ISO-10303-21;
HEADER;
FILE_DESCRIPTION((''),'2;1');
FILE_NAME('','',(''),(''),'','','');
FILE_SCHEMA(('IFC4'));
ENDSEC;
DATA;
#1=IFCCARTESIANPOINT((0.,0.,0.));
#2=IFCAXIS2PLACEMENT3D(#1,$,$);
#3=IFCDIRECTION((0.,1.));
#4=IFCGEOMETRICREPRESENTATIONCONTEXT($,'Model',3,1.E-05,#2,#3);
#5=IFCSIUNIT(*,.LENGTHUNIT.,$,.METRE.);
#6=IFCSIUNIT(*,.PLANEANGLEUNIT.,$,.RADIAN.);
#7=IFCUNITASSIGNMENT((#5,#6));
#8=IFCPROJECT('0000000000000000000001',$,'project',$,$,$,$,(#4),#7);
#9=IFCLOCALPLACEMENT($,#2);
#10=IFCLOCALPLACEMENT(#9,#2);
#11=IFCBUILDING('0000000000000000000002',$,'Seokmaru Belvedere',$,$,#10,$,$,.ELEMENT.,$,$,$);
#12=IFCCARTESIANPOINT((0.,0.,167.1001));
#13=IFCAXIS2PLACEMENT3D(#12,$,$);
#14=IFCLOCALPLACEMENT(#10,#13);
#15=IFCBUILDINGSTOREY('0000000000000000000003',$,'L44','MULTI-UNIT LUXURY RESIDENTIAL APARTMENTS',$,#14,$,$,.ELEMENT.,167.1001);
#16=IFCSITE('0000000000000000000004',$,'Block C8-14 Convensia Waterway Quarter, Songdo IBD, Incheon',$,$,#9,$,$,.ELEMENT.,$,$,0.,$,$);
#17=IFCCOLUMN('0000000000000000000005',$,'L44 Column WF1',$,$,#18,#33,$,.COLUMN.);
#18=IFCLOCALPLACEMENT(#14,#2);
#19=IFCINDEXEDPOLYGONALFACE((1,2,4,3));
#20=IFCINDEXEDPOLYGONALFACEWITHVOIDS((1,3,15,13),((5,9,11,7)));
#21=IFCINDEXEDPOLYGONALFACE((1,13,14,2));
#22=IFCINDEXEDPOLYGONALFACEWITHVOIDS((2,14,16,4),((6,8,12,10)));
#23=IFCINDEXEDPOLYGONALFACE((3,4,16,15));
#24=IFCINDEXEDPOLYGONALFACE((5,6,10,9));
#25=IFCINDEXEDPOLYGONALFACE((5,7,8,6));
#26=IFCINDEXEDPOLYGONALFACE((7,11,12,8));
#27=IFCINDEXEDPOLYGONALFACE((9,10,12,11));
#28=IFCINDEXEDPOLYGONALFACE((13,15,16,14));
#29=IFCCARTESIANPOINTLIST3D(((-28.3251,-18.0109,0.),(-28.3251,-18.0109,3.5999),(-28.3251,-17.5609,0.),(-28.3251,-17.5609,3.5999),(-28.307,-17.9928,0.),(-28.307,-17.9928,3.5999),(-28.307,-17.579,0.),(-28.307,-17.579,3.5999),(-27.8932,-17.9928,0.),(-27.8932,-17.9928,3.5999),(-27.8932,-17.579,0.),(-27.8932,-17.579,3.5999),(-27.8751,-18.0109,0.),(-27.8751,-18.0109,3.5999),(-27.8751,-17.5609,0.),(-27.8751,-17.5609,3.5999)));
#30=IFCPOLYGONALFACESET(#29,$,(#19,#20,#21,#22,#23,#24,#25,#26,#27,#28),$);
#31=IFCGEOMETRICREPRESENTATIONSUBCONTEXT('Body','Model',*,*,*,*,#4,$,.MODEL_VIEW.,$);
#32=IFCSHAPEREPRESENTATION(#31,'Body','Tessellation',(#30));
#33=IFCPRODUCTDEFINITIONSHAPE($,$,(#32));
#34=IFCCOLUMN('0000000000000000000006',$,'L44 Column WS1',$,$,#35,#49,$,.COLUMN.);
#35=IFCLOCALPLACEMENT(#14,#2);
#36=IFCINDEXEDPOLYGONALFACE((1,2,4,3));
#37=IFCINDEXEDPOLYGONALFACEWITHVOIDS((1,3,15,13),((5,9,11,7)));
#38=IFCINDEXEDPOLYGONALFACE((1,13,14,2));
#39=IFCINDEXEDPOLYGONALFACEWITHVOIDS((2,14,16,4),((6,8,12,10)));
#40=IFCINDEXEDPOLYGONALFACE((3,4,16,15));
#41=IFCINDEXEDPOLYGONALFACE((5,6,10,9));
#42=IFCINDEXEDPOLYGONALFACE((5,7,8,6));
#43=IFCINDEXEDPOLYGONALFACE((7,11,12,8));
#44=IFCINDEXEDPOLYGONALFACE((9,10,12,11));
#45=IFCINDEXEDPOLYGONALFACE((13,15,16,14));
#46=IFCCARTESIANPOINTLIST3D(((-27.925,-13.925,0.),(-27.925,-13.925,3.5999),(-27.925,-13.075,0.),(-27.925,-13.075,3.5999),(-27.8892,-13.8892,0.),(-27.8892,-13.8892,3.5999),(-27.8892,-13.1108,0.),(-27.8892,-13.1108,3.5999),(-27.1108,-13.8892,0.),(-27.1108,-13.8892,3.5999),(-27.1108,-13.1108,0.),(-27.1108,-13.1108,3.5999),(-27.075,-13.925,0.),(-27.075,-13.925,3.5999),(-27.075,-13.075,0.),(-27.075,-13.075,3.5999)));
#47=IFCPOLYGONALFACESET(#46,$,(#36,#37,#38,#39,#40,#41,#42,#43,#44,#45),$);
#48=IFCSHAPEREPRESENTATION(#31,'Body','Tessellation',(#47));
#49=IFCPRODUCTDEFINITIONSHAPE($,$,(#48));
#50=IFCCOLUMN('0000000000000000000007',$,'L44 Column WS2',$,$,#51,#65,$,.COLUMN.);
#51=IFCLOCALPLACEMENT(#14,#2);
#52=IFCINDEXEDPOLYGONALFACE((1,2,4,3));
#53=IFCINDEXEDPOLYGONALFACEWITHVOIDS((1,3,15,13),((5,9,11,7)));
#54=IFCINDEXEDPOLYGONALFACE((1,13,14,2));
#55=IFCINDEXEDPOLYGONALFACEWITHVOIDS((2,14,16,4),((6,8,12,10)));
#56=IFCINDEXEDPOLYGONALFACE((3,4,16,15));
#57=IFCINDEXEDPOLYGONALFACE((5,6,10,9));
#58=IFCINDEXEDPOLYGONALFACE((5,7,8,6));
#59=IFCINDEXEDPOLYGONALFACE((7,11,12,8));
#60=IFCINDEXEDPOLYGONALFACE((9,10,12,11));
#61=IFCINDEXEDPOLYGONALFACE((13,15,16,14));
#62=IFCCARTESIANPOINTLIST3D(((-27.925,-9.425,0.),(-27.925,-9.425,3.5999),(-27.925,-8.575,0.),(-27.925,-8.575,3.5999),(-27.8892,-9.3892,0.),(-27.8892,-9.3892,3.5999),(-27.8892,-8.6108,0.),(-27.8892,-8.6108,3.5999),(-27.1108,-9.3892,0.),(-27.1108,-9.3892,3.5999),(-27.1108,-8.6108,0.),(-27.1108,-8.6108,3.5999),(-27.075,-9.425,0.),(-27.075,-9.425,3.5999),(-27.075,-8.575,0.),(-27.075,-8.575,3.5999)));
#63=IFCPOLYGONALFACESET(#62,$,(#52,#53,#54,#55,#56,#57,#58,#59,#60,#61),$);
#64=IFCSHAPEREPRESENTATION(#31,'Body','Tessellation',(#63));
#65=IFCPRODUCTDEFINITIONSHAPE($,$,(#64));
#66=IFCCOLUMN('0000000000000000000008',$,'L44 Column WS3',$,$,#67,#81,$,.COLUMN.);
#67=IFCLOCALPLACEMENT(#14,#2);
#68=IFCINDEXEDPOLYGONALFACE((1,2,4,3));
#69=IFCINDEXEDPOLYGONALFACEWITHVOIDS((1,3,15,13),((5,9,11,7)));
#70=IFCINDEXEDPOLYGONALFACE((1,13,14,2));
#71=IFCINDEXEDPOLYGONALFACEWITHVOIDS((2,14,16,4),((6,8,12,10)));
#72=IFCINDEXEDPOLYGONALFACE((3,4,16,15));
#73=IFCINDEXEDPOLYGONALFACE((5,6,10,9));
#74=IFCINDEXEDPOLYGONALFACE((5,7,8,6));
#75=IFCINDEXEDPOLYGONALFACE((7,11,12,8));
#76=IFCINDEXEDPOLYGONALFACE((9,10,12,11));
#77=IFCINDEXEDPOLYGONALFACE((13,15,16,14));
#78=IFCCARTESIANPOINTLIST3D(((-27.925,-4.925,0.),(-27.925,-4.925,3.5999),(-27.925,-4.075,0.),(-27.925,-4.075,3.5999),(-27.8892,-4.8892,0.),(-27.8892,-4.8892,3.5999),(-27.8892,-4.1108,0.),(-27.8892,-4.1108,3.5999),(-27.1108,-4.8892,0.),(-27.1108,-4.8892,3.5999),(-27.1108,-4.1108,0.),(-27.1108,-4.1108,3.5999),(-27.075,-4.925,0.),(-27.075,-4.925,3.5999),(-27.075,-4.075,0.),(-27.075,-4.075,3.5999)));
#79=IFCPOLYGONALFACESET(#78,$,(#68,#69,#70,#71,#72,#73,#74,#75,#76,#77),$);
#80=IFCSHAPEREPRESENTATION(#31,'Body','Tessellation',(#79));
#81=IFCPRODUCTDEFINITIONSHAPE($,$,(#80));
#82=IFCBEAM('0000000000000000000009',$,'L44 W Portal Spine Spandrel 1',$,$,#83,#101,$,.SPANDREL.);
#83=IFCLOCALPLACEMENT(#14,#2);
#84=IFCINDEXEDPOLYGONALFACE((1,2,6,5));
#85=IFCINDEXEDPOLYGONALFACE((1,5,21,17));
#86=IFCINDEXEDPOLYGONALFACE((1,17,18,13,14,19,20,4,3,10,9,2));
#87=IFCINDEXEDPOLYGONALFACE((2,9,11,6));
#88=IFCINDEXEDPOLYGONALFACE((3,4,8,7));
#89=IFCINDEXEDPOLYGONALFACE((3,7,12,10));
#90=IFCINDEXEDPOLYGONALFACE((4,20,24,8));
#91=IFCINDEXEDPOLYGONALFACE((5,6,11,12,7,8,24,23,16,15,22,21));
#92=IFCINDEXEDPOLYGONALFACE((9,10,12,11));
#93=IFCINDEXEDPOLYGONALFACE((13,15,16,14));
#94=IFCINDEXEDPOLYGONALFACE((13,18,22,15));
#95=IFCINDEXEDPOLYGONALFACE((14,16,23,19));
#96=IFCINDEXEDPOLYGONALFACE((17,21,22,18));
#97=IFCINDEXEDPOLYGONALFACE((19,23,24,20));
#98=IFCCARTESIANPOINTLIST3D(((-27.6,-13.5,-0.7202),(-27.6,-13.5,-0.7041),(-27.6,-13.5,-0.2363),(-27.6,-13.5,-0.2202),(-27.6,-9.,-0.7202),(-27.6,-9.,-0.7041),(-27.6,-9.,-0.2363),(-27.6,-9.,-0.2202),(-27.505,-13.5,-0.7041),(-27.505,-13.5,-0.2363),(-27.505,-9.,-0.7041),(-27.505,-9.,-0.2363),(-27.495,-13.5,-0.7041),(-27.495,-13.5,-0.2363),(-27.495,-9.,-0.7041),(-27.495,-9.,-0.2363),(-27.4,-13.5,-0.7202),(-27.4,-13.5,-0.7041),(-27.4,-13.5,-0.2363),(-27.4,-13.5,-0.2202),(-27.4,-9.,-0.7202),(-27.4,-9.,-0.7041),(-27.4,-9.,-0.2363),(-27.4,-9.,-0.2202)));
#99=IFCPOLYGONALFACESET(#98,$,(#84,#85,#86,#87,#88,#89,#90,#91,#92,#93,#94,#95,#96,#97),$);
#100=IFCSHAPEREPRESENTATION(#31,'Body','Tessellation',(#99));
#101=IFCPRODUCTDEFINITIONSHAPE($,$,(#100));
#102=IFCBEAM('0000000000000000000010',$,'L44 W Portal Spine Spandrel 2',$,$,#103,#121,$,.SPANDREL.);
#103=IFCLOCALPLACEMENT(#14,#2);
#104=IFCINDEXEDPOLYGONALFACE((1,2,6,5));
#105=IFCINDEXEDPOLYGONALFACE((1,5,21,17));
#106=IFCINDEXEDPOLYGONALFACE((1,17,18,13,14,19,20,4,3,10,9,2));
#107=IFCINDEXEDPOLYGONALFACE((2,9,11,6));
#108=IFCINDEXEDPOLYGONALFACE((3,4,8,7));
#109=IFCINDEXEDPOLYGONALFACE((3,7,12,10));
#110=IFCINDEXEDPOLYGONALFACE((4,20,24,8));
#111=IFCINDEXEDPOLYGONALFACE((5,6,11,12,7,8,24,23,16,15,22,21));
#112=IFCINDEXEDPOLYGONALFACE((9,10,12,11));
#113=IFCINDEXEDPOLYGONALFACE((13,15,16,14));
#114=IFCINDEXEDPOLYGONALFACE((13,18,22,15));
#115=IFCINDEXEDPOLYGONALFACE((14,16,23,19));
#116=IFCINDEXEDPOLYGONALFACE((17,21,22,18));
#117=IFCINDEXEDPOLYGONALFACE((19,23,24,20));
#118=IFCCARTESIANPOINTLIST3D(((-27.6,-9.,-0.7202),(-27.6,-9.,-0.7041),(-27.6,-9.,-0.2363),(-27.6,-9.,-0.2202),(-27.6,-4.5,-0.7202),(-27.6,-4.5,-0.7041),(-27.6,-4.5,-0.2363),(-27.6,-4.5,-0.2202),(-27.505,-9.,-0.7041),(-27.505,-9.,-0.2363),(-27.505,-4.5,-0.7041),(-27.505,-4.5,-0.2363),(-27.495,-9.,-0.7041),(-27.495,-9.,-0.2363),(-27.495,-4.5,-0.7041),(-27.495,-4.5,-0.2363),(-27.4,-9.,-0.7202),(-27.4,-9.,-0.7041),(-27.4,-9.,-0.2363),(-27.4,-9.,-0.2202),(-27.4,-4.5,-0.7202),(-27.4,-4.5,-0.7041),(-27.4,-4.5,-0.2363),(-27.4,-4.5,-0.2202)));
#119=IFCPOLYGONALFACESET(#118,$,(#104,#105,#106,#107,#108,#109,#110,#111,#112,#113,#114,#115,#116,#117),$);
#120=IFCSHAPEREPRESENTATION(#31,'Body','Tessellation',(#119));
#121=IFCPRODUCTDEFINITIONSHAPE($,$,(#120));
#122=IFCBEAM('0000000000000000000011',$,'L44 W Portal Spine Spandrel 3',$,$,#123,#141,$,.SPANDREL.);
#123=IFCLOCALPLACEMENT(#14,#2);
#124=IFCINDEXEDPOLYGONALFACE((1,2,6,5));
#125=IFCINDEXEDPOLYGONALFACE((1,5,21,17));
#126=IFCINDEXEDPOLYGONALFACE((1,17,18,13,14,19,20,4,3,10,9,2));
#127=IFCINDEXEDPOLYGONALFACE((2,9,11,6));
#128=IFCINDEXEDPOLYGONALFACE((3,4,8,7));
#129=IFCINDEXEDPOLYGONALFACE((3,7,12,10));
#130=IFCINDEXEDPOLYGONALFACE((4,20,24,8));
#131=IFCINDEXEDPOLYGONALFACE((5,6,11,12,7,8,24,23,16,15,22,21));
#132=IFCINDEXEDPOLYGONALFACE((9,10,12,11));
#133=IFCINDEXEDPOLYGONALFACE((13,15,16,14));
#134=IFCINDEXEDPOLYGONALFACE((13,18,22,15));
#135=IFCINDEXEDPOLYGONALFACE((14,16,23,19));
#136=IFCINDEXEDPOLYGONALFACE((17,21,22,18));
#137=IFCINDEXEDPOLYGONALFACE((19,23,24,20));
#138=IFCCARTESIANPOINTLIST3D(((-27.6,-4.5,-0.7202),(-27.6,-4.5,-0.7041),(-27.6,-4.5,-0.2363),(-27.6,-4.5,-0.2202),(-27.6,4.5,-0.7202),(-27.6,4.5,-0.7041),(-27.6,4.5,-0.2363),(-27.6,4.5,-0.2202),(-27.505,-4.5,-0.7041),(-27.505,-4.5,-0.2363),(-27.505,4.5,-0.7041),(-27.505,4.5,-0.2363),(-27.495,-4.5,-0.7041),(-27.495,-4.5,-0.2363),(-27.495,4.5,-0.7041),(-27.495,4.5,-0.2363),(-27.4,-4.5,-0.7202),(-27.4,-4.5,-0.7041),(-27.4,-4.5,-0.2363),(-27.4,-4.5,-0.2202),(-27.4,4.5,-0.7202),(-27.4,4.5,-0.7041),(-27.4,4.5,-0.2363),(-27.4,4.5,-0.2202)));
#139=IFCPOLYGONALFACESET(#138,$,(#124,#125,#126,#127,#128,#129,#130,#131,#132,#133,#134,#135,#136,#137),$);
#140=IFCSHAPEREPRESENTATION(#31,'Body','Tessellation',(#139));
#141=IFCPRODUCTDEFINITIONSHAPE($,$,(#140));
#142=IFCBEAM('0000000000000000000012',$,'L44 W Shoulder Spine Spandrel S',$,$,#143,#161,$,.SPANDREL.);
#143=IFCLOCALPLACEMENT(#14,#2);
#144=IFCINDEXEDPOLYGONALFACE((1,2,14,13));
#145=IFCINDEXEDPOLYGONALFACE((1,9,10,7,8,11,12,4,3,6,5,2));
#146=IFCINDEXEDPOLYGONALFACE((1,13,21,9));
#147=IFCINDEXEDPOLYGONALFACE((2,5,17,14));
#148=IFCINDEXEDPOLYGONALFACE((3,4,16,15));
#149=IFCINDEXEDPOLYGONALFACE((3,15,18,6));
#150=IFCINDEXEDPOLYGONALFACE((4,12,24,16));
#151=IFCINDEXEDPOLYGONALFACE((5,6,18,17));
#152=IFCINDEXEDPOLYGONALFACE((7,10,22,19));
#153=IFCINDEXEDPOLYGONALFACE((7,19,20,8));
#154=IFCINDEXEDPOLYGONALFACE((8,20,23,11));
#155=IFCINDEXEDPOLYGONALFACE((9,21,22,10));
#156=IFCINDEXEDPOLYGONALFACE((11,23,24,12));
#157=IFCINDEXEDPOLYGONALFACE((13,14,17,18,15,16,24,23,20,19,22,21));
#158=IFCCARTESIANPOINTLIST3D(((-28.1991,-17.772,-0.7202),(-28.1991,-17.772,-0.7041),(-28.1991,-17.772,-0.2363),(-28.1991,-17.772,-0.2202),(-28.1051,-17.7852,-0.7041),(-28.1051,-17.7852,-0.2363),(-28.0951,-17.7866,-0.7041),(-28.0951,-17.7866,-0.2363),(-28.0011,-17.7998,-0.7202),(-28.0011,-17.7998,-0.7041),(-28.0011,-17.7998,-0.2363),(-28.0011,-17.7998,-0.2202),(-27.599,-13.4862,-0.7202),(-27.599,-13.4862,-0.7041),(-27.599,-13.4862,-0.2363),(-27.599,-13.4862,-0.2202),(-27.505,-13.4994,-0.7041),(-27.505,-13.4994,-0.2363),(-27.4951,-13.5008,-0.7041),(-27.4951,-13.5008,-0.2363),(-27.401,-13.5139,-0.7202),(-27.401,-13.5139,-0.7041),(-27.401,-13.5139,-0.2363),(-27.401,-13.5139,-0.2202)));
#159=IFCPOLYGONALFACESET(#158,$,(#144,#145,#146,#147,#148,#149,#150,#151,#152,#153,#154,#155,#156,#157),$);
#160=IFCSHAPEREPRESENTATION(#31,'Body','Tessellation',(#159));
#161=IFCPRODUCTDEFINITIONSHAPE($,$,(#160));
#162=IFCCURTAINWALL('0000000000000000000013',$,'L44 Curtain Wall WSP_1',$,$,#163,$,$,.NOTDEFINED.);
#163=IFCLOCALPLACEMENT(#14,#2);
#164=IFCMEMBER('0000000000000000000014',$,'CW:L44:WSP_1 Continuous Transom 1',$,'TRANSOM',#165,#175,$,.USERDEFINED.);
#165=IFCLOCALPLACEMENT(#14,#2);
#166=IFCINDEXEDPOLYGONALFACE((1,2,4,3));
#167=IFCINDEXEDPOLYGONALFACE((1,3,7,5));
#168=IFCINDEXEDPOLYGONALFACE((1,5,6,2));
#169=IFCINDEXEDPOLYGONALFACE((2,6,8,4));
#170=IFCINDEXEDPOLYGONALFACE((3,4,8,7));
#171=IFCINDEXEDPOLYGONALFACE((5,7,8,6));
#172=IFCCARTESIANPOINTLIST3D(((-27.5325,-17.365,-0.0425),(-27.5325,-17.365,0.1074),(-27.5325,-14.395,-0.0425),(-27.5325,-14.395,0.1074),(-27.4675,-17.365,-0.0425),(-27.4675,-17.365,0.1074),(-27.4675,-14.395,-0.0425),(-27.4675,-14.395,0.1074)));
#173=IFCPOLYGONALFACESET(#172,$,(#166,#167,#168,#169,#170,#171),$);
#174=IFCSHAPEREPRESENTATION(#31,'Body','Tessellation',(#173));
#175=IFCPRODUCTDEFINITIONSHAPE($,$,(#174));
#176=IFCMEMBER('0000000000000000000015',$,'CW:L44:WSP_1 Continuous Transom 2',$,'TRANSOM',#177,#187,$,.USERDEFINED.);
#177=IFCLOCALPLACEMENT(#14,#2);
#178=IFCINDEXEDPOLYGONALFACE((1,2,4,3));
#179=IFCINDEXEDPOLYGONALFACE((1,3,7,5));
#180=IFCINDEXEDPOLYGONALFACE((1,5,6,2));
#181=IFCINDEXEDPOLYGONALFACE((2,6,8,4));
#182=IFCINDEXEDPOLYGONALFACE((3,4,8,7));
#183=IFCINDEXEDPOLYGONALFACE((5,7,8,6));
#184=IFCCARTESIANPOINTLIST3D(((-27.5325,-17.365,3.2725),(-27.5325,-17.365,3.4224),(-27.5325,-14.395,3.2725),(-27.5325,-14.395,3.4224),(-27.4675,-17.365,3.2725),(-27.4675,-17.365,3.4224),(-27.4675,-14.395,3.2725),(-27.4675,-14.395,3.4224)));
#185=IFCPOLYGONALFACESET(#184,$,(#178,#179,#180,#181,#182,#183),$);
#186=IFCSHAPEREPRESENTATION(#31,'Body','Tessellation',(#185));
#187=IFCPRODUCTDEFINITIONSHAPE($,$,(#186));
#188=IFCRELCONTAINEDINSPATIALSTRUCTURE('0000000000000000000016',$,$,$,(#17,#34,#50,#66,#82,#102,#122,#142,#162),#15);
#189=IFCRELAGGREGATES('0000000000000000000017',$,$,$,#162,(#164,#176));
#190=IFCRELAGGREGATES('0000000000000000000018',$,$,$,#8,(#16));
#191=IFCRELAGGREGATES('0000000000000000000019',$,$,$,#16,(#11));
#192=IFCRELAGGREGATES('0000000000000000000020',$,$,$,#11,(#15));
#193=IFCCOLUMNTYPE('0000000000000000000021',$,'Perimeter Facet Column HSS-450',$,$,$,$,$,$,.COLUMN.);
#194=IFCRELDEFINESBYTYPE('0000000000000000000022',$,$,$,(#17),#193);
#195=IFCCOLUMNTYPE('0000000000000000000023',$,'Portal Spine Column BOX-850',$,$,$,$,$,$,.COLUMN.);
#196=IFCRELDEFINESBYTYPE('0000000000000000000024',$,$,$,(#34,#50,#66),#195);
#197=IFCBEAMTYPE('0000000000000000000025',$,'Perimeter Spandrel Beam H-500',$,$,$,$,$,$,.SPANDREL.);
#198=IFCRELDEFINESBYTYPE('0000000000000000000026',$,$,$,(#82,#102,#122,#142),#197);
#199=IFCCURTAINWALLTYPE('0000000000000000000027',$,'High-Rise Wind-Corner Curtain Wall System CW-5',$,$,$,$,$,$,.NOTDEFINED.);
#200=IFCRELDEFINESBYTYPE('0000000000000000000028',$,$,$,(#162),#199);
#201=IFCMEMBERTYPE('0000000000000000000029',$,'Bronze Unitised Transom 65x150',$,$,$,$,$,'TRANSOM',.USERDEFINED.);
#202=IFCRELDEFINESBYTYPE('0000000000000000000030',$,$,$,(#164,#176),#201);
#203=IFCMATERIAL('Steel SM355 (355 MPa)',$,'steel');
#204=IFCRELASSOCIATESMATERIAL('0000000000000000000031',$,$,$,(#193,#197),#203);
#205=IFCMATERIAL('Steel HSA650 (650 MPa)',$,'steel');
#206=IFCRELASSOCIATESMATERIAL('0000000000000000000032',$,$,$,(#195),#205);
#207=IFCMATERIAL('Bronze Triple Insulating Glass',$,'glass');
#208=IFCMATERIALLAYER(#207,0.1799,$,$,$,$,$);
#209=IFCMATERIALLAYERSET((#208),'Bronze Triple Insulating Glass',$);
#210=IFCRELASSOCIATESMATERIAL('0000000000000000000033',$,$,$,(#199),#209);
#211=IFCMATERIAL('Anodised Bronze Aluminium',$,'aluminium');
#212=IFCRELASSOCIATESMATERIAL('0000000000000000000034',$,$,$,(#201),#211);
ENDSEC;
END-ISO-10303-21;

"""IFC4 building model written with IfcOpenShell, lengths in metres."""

from ifc_helpers import new_model, si_unit, direction, frame, origin, origin_2d, place, context, subcontext, project, spatial, rectangle, hollow_rectangle, i_section, extrude, source, transform, mapped, material, layer, layer_set, material_profile, profile_set, type_object, type_shapes, element, aggregate, save


model = new_model("IFC4")

# Units and contexts
model_context = context("Model", 3, precision=1e-05, world=origin(), true_north=direction((0.0, 1.0)))
body_context = subcontext(model_context, "Body", "Model", "MODEL_VIEW")
ifc_project = project(units=[si_unit("LENGTHUNIT", "METRE"), si_unit("PLANEANGLEUNIT", "RADIAN")], contexts=[model_context])

# Site, building, storey
site_placement = place(None, origin())
site = spatial("IfcSite", under=ifc_project, at=site_placement, Name="Block C8-14 Convensia Waterway Quarter, Songdo IBD, Incheon", CompositionType="ELEMENT", RefElevation=0.0)
building_placement = place(site_placement, origin())
building = spatial("IfcBuilding", under=site, at=building_placement, Name="Seokmaru Belvedere", CompositionType="ELEMENT")
storey_placement = place(building_placement, frame((0.0, 0.0, 167.1001)))
storey = spatial("IfcBuildingStorey", under=building, at=storey_placement, Name="L44", Description="MULTI-UNIT LUXURY RESIDENTIAL APARTMENTS", CompositionType="ELEMENT", Elevation=167.1001)

# Columns
ifc_material_1 = material(Name="Steel SM355 (355 MPa)", Category="steel")
ifc_material_profile_1 = material_profile(ifc_material_1, hollow_rectangle(XDim=0.45, YDim=0.45, WallThickness=0.0181, at=origin_2d()), Name="HSS-450x450x18")
ifc_profile_set_1 = profile_set([ifc_material_profile_1], Name="Steel SM355 (355 MPa)")
column_type_1 = type_object("IfcColumnType", Name="Perimeter Facet Column HSS-450", PredefinedType="COLUMN", material=ifc_profile_set_1)
shared_shape_1 = source(origin(), body_context, "Body", "SweptSolid", [
    extrude(hollow_rectangle(XDim=0.45, YDim=0.45, WallThickness=0.0181, at=origin_2d()), origin(), (0.0, 0.0, 1.0), 3.5999),
])
type_shapes(column_type_1, [shared_shape_1])
column_placement = place(storey_placement, frame((-28.1001, -17.7859, 0.0), z_axis=(0.0, 0.0, 1.0), x_axis=(1.0, 0.0, 0.0)))
element("IfcColumn", 1, at=column_placement, inside=storey, type_object=column_type_1, Name="L44 Column WF1", PredefinedType="COLUMN", context=body_context, shape_type="MappedRepresentation", body=[
    mapped(shared_shape_1, transform((0.0, 0.0, 0.0), scale=1.0)),
])
ifc_material_2 = material(Name="Steel HSA650 (650 MPa)", Category="steel")
ifc_material_profile_2 = material_profile(ifc_material_2, hollow_rectangle(XDim=0.8501, YDim=0.8501, WallThickness=0.0359, at=origin_2d()), Name="BOX-850x850x36")
ifc_profile_set_2 = profile_set([ifc_material_profile_2], Name="Steel HSA650 (650 MPa)")
column_type_2 = type_object("IfcColumnType", Name="Portal Spine Column BOX-850", PredefinedType="COLUMN", material=ifc_profile_set_2)
shared_shape_2 = source(origin(), body_context, "Body", "SweptSolid", [
    extrude(hollow_rectangle(XDim=0.8501, YDim=0.8501, WallThickness=0.0359, at=origin_2d()), origin(), (0.0, 0.0, 1.0), 3.5999),
])
type_shapes(column_type_2, [shared_shape_2])
for number, where, z_axis, x_axis, name in (
    (2, (-27.5, -13.5, 0.0), (0.0, 0.0, 1.0), (1.0, 0.0, 0.0), "L44 Column WS1"),
    (3, (-27.5, -9.0, 0.0), (0.0, 0.0, 1.0), (1.0, 0.0, 0.0), "L44 Column WS2"),
    (4, (-27.5, -4.5, 0.0), (0.0, 0.0, 1.0), (1.0, 0.0, 0.0), "L44 Column WS3"),
):
    element("IfcColumn", number, at=place(storey_placement, frame(where, z_axis=z_axis, x_axis=x_axis)), inside=storey, type_object=column_type_2, Name=name, PredefinedType="COLUMN", context=body_context, shape_type="MappedRepresentation", body=[
        mapped(shared_shape_2, transform((0.0, 0.0, 0.0), scale=1.0)),
    ])

# Beams
ifc_material_profile_3 = material_profile(ifc_material_1, i_section(OverallWidth=0.2, OverallDepth=0.5, WebThickness=0.01, FlangeThickness=0.0161, at=origin_2d()), Name="H-500x200x10x16")
ifc_profile_set_3 = profile_set([ifc_material_profile_3], Name="Steel SM355 (355 MPa)")
beam_type = type_object("IfcBeamType", Name="Perimeter Spandrel Beam H-500", PredefinedType="SPANDREL", material=ifc_profile_set_3)
shared_shape_3 = source(origin(), body_context, "Body", "SweptSolid", [
    extrude(i_section(OverallWidth=0.2, OverallDepth=0.5, WebThickness=0.01, FlangeThickness=0.0161, at=origin_2d()), origin(), (0.0, 0.0, 1.0), 4.5),
])
for number, where, z_axis, x_axis, name in (
    (5, (-27.5, -13.5, -0.4702), (0.0, 1.0, 0.0), (-1.0, 0.0, 0.0), "L44 W Portal Spine Spandrel 1"),
    (6, (-27.5, -9.0, -0.4702), (0.0, 1.0, 0.0), (-1.0, 0.0, 0.0), "L44 W Portal Spine Spandrel 2"),
):
    element("IfcBeam", number, at=place(storey_placement, frame(where, z_axis=z_axis, x_axis=x_axis)), inside=storey, type_object=beam_type, Name=name, PredefinedType="SPANDREL", context=body_context, shape_type="MappedRepresentation", body=[
        mapped(shared_shape_3, transform((0.0, 0.0, 0.0), scale=1.0)),
    ])
shared_shape_4 = source(origin(), body_context, "Body", "SweptSolid", [
    extrude(i_section(OverallWidth=0.2, OverallDepth=0.5, WebThickness=0.01, FlangeThickness=0.0161, at=origin_2d()), origin(), (0.0, 0.0, 1.0), 9.0),
])
beam_1_placement = place(storey_placement, frame((-27.5, -4.5, -0.4702), z_axis=(0.0, 1.0, 0.0), x_axis=(-1.0, 0.0, 0.0)))
element("IfcBeam", 7, at=beam_1_placement, inside=storey, type_object=beam_type, Name="L44 W Portal Spine Spandrel 3", PredefinedType="SPANDREL", context=body_context, shape_type="MappedRepresentation", body=[
    mapped(shared_shape_4, transform((0.0, 0.0, 0.0), scale=1.0)),
])
shared_shape_5 = source(origin(), body_context, "Body", "SweptSolid", [
    extrude(i_section(OverallWidth=0.2, OverallDepth=0.5, WebThickness=0.01, FlangeThickness=0.0161, at=origin_2d()), origin(), (0.0, 0.0, 1.0), 4.3276),
])
type_shapes(beam_type, [shared_shape_3, shared_shape_4, shared_shape_5])
beam_2_placement = place(storey_placement, frame((-28.1001, -17.7859, -0.4702), z_axis=(0.138664, 0.990339, 0.0), x_axis=(-0.990339, 0.138664, 0.0)))
element("IfcBeam", 8, at=beam_2_placement, inside=storey, type_object=beam_type, Name="L44 W Shoulder Spine Spandrel S", PredefinedType="SPANDREL", context=body_context, shape_type="MappedRepresentation", body=[
    mapped(shared_shape_5, transform((0.0, 0.0, 0.0), scale=1.0)),
])

# Curtain wall, members
ifc_material_3 = material(Name="Bronze Triple Insulating Glass", Category="glass")
ifc_layer_1 = layer(ifc_material_3, 0.1799)
ifc_layer_set_1 = layer_set([ifc_layer_1], Name="Bronze Triple Insulating Glass")
curtain_wall_type = type_object("IfcCurtainWallType", Name="High-Rise Wind-Corner Curtain Wall System CW-5", PredefinedType="NOTDEFINED", material=ifc_layer_set_1)
curtain_wall_1_placement = place(storey_placement, origin())
curtain_wall_1 = element("IfcCurtainWall", 9, at=curtain_wall_1_placement, inside=storey, type_object=curtain_wall_type, Name="L44 Curtain Wall WSP_1", PredefinedType="NOTDEFINED")
ifc_material_4 = material(Name="Anodised Bronze Aluminium", Category="aluminium")
ifc_material_profile_4 = material_profile(ifc_material_4, rectangle(XDim=0.0649, YDim=0.1499, at=origin_2d()), Name="CW-T-65x150")
ifc_profile_set_4 = profile_set([ifc_material_profile_4], Name="Anodised Bronze Aluminium")
member_type_1 = type_object("IfcMemberType", Name="Bronze Unitised Transom 65x150", ElementType="TRANSOM", PredefinedType="USERDEFINED", material=ifc_profile_set_4)
shared_shape_6 = source(origin(), body_context, "Body", "SweptSolid", [
    extrude(rectangle(XDim=0.0649, YDim=0.1499, at=origin_2d()), origin(), (0.0, 0.0, 1.0), 2.97),
])
type_shapes(member_type_1, [shared_shape_6])
member_1_placement = place(storey_placement, frame((-27.5, -17.365, 0.0325), z_axis=(0.0, 1.0, 0.0), x_axis=(-1.0, 0.0, 0.0)))
member_1 = element("IfcMember", 10, at=member_1_placement, type_object=member_type_1, Name="CW:L44:WSP_1 Continuous Transom 1", ObjectType="TRANSOM", PredefinedType="USERDEFINED", context=body_context, shape_type="MappedRepresentation", body=[
    mapped(shared_shape_6, transform((0.0, 0.0, 0.0), scale=1.0)),
])
member_2_placement = place(storey_placement, frame((-27.5, -17.365, 3.3474), z_axis=(0.0, 1.0, 0.0), x_axis=(-1.0, 0.0, 0.0)))
member_2 = element("IfcMember", 11, at=member_2_placement, type_object=member_type_1, Name="CW:L44:WSP_1 Continuous Transom 2", ObjectType="TRANSOM", PredefinedType="USERDEFINED", context=body_context, shape_type="MappedRepresentation", body=[
    mapped(shared_shape_6, transform((0.0, 0.0, 0.0), scale=1.0)),
])

aggregate(curtain_wall_1, [member_1, member_2])

save(model, "model.ifc")
